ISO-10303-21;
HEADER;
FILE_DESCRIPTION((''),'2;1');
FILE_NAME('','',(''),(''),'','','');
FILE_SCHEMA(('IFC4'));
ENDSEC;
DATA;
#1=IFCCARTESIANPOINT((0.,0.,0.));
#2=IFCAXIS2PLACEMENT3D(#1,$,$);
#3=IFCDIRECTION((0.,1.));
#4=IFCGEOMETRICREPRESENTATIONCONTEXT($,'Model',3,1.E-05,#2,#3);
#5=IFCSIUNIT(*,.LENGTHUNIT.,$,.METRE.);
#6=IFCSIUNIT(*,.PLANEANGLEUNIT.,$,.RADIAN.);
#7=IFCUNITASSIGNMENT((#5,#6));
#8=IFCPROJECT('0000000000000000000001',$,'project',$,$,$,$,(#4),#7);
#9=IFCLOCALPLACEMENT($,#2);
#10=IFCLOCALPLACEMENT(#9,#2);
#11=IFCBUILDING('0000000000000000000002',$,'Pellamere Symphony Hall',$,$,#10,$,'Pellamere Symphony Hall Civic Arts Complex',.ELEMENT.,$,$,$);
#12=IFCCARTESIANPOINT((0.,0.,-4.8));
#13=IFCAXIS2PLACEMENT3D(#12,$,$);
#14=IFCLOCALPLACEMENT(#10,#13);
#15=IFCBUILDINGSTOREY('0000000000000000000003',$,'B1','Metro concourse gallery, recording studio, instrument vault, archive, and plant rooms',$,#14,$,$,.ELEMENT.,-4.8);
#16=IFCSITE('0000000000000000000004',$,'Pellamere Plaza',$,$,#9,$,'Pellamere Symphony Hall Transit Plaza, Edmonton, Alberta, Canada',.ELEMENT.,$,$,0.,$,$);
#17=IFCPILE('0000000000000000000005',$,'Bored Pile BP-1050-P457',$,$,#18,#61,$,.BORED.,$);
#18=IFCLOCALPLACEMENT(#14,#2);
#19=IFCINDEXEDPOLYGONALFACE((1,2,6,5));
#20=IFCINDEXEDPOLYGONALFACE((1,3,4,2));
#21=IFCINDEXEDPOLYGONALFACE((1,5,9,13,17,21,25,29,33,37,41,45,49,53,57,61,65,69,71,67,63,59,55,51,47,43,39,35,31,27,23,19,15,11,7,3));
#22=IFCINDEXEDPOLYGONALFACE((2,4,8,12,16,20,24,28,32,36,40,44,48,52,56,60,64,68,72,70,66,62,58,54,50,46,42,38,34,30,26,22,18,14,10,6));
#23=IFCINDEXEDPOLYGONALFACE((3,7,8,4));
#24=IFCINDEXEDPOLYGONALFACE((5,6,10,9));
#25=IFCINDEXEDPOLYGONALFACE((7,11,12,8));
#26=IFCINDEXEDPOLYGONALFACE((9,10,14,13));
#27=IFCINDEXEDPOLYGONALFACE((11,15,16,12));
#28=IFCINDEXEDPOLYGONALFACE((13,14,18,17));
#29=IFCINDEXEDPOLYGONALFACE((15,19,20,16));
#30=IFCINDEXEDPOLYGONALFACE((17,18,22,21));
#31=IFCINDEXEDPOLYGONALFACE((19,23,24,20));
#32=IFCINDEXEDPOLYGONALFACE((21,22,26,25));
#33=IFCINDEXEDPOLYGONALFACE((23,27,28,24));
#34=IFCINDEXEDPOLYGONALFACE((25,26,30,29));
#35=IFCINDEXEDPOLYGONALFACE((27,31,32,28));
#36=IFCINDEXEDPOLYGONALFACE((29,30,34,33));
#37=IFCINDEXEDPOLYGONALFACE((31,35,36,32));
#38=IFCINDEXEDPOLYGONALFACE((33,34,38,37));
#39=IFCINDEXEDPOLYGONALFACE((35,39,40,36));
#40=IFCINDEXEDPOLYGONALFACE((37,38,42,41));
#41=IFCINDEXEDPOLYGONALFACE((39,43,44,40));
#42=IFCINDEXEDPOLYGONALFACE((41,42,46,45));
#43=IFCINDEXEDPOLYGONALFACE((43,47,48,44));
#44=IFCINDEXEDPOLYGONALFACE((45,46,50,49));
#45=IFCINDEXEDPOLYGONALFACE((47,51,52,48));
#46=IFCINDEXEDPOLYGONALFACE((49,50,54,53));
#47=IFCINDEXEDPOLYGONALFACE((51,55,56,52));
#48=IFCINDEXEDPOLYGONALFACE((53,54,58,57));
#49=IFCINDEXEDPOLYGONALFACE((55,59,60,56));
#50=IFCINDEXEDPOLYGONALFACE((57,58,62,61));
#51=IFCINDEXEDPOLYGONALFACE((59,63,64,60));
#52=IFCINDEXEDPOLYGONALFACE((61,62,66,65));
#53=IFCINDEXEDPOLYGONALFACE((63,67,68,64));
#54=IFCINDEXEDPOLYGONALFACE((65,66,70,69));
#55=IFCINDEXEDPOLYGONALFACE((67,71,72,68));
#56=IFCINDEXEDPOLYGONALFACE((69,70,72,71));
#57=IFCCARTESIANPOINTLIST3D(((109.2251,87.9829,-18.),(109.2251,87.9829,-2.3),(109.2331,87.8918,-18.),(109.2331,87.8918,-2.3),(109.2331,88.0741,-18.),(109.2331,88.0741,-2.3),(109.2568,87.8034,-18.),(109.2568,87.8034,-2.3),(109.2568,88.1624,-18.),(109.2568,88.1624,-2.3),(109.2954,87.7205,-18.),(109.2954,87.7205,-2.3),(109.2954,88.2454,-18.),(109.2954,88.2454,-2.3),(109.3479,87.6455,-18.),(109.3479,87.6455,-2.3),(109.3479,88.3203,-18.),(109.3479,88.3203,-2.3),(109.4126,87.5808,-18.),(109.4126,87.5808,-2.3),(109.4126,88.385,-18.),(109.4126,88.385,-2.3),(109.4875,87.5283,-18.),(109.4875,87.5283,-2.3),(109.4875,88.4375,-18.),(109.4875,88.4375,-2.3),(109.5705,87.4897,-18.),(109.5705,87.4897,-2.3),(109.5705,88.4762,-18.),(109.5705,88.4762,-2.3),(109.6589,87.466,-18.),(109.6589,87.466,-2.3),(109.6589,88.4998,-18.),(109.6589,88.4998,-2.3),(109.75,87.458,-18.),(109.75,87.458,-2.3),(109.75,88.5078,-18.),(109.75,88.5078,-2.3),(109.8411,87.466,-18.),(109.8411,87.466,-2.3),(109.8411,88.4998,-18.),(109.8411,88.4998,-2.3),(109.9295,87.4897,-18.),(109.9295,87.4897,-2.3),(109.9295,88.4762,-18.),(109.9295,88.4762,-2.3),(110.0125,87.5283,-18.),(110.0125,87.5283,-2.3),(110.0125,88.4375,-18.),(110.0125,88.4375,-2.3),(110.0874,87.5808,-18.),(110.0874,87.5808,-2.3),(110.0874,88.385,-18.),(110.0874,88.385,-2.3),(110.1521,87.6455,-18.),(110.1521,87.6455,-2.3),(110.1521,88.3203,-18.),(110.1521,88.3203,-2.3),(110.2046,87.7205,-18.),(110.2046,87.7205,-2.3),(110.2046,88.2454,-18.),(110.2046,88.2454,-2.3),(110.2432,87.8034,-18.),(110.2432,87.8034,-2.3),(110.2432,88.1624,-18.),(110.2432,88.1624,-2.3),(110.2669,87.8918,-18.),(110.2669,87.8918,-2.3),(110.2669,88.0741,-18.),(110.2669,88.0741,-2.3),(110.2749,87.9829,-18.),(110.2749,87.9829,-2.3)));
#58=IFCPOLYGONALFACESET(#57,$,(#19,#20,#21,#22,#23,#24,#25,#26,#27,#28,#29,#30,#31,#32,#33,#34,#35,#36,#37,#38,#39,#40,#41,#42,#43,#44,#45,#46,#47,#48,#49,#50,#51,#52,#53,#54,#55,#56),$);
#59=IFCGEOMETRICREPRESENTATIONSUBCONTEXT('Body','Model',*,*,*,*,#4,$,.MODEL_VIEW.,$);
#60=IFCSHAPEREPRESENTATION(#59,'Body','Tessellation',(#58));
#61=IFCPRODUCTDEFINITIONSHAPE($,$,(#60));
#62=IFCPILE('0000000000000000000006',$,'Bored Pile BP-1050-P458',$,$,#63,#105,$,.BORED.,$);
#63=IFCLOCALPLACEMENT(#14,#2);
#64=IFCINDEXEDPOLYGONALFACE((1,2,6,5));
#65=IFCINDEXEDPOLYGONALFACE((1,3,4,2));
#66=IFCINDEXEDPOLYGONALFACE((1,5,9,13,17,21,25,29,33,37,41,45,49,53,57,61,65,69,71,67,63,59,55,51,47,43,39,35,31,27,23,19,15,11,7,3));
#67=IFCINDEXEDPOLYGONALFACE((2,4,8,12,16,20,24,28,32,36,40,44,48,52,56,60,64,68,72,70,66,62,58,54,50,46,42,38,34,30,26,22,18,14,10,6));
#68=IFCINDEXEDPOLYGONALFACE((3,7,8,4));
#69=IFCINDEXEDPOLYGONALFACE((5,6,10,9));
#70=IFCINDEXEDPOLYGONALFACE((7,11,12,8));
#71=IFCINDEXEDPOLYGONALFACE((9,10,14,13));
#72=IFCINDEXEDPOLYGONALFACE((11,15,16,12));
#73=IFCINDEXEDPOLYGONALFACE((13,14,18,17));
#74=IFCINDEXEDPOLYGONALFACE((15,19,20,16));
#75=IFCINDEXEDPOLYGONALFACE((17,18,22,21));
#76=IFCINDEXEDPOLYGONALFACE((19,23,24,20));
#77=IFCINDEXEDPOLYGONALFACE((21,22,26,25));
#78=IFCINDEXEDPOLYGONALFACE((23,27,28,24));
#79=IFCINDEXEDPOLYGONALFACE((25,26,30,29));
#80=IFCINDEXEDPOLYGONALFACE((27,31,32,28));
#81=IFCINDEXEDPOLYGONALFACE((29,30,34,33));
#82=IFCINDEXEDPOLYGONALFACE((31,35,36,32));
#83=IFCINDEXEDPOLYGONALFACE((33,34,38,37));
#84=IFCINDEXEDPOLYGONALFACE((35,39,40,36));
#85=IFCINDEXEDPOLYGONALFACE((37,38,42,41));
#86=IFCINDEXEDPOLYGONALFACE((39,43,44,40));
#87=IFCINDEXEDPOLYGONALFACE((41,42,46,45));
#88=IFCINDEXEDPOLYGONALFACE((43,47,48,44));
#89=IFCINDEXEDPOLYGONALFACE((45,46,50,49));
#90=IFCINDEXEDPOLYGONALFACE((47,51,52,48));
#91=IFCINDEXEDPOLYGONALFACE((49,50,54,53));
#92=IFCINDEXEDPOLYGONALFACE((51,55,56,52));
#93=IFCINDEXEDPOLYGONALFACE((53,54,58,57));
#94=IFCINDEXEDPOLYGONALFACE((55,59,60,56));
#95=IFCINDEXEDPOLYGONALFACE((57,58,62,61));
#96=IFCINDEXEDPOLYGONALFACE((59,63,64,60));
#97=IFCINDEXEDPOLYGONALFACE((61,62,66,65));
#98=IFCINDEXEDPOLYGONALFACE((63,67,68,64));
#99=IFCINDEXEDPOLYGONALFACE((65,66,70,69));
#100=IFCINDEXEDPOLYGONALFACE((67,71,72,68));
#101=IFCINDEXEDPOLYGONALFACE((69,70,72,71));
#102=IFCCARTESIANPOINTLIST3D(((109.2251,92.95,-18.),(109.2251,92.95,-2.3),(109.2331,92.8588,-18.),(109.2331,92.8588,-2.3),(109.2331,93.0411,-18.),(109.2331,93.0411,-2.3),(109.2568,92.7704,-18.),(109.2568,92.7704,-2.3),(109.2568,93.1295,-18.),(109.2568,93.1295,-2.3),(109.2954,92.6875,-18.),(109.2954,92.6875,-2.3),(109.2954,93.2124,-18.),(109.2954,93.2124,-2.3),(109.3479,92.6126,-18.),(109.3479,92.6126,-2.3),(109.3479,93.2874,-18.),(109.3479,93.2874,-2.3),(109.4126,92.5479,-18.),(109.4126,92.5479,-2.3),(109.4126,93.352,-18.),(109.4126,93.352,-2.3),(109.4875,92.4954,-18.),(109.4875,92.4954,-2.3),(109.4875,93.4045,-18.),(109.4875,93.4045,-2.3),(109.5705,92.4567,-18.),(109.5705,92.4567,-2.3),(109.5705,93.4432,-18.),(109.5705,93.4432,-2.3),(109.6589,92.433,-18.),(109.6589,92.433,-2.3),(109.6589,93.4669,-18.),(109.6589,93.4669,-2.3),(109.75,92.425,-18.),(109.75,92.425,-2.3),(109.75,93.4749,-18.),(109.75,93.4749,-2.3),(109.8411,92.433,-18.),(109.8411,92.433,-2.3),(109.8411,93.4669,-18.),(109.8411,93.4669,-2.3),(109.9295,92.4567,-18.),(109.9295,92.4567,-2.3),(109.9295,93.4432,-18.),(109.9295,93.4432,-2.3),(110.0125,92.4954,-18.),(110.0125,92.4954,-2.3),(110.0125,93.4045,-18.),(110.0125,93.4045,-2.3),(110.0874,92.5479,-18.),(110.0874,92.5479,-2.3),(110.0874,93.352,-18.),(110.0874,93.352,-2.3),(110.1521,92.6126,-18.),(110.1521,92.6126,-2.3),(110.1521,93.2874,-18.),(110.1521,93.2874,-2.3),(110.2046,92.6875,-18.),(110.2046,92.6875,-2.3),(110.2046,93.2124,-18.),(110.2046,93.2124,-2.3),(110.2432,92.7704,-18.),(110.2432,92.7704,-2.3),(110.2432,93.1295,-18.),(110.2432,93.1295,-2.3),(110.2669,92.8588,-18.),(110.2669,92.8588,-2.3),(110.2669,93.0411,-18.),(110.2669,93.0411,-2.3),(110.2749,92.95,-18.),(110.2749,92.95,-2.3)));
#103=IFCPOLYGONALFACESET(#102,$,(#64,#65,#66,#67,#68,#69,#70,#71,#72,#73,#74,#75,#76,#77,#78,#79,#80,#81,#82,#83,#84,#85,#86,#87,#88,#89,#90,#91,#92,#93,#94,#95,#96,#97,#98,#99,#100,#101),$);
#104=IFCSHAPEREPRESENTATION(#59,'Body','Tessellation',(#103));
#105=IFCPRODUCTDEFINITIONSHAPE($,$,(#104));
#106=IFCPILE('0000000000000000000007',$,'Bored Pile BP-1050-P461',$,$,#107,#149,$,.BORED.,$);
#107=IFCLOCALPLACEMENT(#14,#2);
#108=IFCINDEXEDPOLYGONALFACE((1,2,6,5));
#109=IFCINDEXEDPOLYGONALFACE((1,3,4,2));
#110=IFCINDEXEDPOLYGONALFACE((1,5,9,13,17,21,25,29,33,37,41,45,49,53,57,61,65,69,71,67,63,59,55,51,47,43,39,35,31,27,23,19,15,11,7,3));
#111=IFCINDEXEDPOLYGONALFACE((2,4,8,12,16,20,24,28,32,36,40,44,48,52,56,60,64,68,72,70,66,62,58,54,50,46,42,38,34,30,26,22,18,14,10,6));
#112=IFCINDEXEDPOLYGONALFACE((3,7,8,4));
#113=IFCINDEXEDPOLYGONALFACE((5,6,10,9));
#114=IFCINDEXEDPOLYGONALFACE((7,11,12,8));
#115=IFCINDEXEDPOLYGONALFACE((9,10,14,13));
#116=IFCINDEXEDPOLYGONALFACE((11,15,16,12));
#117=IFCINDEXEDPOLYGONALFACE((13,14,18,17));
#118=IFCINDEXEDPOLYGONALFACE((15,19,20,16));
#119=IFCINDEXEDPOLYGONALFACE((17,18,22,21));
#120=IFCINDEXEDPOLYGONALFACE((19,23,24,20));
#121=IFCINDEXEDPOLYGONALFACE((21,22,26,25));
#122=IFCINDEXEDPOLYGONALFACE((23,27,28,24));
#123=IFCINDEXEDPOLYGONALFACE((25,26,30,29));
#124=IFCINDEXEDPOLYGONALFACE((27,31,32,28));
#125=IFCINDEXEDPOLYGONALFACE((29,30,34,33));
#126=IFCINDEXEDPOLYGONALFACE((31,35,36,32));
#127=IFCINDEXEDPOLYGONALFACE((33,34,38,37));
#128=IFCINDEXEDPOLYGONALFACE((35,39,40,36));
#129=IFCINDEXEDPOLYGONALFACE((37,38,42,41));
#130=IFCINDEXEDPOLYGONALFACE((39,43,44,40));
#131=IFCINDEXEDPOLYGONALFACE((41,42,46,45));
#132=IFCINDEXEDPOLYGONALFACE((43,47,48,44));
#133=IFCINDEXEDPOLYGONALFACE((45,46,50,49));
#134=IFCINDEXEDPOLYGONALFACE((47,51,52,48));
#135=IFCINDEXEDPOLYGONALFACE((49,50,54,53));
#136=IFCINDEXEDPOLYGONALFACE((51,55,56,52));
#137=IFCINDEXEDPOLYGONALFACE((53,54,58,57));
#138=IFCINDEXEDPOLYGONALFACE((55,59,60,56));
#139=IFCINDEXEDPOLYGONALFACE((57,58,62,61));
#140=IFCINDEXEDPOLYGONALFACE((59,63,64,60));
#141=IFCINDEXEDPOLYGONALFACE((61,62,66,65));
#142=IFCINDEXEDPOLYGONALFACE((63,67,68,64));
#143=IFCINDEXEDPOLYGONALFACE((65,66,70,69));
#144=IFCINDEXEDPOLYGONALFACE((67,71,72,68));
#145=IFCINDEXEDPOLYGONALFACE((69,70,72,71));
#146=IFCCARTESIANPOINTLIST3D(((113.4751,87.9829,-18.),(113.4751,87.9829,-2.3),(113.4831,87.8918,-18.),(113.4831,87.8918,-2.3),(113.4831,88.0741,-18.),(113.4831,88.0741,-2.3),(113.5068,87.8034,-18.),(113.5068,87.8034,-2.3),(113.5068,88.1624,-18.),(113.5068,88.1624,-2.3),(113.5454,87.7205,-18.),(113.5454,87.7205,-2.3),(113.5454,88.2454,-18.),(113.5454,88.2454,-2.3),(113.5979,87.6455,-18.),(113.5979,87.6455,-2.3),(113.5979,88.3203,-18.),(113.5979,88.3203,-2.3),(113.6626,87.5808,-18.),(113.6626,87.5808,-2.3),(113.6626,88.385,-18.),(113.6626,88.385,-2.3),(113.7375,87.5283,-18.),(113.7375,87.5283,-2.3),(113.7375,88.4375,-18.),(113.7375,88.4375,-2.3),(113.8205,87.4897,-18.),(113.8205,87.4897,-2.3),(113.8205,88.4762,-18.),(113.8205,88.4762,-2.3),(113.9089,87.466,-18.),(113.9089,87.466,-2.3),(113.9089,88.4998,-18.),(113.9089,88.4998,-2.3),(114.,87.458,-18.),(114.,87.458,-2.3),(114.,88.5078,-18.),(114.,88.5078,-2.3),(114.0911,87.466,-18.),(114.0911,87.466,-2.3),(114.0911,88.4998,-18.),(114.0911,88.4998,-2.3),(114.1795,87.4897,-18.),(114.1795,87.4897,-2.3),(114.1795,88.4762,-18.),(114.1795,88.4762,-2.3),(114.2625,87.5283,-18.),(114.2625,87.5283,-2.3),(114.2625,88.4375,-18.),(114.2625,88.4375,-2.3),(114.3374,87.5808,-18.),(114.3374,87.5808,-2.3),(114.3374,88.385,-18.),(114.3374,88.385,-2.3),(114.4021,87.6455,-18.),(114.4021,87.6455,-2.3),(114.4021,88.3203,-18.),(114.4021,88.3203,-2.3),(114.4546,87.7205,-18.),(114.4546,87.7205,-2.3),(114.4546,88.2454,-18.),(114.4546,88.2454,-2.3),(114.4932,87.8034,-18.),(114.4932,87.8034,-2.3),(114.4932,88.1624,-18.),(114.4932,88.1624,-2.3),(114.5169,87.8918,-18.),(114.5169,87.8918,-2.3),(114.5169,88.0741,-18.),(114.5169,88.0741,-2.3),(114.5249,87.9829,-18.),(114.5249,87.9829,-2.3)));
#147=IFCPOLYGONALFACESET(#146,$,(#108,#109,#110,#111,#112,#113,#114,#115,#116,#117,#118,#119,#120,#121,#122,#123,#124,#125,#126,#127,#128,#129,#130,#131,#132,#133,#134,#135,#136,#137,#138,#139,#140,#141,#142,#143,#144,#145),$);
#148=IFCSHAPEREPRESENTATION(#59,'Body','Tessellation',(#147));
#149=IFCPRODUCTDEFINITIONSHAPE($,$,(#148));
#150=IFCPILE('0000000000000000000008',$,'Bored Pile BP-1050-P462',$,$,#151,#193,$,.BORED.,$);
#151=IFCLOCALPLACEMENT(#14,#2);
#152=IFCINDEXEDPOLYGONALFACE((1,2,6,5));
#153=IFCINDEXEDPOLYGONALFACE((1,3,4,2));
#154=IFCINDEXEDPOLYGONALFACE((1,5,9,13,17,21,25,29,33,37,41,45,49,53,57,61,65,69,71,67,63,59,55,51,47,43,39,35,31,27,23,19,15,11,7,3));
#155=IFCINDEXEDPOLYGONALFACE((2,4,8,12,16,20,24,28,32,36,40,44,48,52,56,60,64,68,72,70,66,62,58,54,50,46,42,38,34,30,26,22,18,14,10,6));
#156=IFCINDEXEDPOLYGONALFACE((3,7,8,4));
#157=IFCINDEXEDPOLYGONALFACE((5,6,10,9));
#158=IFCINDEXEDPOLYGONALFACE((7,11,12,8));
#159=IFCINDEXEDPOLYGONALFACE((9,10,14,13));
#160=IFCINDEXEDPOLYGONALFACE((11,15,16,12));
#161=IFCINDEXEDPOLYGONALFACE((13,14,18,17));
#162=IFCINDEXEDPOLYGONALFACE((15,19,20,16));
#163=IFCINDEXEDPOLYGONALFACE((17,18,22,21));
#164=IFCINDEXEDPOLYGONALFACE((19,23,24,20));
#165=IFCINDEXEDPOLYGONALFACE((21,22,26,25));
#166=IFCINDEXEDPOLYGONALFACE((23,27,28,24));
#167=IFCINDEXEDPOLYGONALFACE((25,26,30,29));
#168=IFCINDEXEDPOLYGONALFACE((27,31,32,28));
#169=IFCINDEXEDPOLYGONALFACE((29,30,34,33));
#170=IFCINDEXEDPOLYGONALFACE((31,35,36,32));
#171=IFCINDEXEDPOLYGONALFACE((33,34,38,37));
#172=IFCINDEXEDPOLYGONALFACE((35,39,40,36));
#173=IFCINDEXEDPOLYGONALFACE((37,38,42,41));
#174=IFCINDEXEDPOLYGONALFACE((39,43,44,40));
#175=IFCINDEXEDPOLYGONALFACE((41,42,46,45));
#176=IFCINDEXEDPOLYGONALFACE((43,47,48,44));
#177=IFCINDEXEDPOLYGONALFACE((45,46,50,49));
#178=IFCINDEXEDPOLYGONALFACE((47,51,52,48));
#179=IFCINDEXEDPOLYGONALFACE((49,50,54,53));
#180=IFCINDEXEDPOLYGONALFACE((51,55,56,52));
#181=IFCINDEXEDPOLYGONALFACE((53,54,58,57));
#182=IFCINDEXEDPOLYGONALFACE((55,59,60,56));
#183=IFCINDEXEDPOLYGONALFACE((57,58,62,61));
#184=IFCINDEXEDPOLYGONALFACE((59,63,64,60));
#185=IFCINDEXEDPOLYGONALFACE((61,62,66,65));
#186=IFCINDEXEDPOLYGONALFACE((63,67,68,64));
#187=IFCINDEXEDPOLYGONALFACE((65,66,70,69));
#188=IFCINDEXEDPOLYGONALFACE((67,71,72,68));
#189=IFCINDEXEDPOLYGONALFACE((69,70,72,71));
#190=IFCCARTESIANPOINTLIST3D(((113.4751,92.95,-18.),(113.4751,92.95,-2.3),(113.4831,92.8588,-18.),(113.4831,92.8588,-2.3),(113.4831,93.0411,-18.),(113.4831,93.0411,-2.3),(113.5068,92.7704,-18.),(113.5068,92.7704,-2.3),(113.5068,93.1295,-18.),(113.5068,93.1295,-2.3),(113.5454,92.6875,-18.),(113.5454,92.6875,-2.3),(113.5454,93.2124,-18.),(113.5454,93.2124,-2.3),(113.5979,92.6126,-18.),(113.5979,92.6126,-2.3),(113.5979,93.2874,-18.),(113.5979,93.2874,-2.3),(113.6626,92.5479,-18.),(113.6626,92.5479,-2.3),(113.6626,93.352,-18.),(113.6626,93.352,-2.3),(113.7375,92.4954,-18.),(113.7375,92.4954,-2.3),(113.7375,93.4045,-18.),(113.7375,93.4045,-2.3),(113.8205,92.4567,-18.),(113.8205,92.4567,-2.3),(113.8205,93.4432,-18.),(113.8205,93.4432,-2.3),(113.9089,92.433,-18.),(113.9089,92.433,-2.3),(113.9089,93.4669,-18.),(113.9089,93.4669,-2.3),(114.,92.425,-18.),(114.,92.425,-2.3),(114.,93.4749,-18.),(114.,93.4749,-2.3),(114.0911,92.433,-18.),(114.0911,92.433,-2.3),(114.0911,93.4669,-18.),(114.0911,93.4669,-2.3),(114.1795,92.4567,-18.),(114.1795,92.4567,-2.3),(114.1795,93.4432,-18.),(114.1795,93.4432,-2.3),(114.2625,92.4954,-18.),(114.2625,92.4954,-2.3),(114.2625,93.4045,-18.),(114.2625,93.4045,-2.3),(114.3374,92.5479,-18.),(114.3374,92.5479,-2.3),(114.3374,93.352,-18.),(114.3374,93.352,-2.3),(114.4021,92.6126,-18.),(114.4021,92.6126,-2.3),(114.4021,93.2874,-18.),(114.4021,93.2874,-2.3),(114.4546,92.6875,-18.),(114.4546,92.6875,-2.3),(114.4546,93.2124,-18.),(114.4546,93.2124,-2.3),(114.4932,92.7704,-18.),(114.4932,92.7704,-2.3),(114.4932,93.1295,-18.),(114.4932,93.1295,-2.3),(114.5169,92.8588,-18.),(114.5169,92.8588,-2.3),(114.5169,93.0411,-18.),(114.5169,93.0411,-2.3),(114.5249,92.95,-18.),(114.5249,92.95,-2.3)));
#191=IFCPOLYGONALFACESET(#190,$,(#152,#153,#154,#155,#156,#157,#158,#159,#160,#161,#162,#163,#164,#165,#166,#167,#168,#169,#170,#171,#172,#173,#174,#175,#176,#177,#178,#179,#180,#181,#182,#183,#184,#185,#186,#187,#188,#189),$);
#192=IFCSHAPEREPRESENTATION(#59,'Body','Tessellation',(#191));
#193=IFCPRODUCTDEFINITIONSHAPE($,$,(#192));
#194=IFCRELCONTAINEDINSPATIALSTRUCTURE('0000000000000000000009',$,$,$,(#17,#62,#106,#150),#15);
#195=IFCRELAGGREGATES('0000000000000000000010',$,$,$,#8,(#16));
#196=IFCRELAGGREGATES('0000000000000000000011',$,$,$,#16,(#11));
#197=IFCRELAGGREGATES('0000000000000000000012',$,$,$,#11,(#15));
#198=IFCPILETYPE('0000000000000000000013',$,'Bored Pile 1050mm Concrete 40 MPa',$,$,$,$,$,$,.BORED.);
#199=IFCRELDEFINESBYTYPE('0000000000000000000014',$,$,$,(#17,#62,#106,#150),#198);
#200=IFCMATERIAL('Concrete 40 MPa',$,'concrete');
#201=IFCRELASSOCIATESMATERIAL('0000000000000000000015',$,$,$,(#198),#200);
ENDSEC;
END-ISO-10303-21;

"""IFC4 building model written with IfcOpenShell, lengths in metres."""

from ifc_helpers import new_model, si_unit, direction, frame, origin, origin_2d, place, context, subcontext, project, spatial, circle, extrude, material, material_profile, profile_set, type_object, element, save


model = new_model("IFC4")

# Units and contexts
model_context = context("Model", 3, precision=1e-05, world=origin(), true_north=direction((0.0, 1.0)))
body_context = subcontext(model_context, "Body", "Model", "MODEL_VIEW")
ifc_project = project(units=[si_unit("LENGTHUNIT", "METRE"), si_unit("PLANEANGLEUNIT", "RADIAN")], contexts=[model_context])

# Site, building, storey
site_placement = place(None, origin())
site = spatial("IfcSite", under=ifc_project, at=site_placement, Name="Pellamere Plaza", LongName="Pellamere Symphony Hall Transit Plaza, Edmonton, Alberta, Canada", CompositionType="ELEMENT", RefElevation=0.0)
building_placement = place(site_placement, origin())
building = spatial("IfcBuilding", under=site, at=building_placement, Name="Pellamere Symphony Hall", LongName="Pellamere Symphony Hall Civic Arts Complex", CompositionType="ELEMENT")
storey_placement = place(building_placement, frame((0.0, 0.0, -4.8)))
storey = spatial("IfcBuildingStorey", under=building, at=storey_placement, Name="B1", Description="Metro concourse gallery, recording studio, instrument vault, archive, and plant rooms", CompositionType="ELEMENT", Elevation=-4.8)

# Piles
ifc_material_1 = material(Name="Concrete 40 MPa", Category="concrete")
ifc_material_profile_1 = material_profile(ifc_material_1, circle(Radius=0.5249, at=origin_2d()), Name="PILE D1050")
ifc_profile_set_1 = profile_set([ifc_material_profile_1], Name="Concrete 40 MPa")
pile_type_1 = type_object("IfcPileType", Name="Bored Pile 1050mm Concrete 40 MPa", PredefinedType="BORED", material=ifc_profile_set_1)
for number, where, z_axis, x_axis, name in (
    (1, (109.75, 87.9829, -2.3), (0.0, 0.0, -1.0), (1.0, 0.0, 0.0), "Bored Pile BP-1050-P457"),
    (2, (109.75, 92.95, -2.3), (0.0, 0.0, -1.0), (1.0, 0.0, 0.0), "Bored Pile BP-1050-P458"),
    (3, (114.0, 87.9829, -2.3), (0.0, 0.0, -1.0), (1.0, 0.0, 0.0), "Bored Pile BP-1050-P461"),
    (4, (114.0, 92.95, -2.3), (0.0, 0.0, -1.0), (1.0, 0.0, 0.0), "Bored Pile BP-1050-P462"),
):
    element("IfcPile", number, at=place(storey_placement, frame(where, z_axis=z_axis, x_axis=x_axis)), inside=storey, type_object=pile_type_1, Name=name, PredefinedType="BORED", context=body_context, shape_type="SweptSolid", body=[
        extrude(circle(Radius=0.5249, at=origin_2d()), origin(), (0.0, 0.0, 1.0), 15.7),
    ])

save(model, "model.ifc")
